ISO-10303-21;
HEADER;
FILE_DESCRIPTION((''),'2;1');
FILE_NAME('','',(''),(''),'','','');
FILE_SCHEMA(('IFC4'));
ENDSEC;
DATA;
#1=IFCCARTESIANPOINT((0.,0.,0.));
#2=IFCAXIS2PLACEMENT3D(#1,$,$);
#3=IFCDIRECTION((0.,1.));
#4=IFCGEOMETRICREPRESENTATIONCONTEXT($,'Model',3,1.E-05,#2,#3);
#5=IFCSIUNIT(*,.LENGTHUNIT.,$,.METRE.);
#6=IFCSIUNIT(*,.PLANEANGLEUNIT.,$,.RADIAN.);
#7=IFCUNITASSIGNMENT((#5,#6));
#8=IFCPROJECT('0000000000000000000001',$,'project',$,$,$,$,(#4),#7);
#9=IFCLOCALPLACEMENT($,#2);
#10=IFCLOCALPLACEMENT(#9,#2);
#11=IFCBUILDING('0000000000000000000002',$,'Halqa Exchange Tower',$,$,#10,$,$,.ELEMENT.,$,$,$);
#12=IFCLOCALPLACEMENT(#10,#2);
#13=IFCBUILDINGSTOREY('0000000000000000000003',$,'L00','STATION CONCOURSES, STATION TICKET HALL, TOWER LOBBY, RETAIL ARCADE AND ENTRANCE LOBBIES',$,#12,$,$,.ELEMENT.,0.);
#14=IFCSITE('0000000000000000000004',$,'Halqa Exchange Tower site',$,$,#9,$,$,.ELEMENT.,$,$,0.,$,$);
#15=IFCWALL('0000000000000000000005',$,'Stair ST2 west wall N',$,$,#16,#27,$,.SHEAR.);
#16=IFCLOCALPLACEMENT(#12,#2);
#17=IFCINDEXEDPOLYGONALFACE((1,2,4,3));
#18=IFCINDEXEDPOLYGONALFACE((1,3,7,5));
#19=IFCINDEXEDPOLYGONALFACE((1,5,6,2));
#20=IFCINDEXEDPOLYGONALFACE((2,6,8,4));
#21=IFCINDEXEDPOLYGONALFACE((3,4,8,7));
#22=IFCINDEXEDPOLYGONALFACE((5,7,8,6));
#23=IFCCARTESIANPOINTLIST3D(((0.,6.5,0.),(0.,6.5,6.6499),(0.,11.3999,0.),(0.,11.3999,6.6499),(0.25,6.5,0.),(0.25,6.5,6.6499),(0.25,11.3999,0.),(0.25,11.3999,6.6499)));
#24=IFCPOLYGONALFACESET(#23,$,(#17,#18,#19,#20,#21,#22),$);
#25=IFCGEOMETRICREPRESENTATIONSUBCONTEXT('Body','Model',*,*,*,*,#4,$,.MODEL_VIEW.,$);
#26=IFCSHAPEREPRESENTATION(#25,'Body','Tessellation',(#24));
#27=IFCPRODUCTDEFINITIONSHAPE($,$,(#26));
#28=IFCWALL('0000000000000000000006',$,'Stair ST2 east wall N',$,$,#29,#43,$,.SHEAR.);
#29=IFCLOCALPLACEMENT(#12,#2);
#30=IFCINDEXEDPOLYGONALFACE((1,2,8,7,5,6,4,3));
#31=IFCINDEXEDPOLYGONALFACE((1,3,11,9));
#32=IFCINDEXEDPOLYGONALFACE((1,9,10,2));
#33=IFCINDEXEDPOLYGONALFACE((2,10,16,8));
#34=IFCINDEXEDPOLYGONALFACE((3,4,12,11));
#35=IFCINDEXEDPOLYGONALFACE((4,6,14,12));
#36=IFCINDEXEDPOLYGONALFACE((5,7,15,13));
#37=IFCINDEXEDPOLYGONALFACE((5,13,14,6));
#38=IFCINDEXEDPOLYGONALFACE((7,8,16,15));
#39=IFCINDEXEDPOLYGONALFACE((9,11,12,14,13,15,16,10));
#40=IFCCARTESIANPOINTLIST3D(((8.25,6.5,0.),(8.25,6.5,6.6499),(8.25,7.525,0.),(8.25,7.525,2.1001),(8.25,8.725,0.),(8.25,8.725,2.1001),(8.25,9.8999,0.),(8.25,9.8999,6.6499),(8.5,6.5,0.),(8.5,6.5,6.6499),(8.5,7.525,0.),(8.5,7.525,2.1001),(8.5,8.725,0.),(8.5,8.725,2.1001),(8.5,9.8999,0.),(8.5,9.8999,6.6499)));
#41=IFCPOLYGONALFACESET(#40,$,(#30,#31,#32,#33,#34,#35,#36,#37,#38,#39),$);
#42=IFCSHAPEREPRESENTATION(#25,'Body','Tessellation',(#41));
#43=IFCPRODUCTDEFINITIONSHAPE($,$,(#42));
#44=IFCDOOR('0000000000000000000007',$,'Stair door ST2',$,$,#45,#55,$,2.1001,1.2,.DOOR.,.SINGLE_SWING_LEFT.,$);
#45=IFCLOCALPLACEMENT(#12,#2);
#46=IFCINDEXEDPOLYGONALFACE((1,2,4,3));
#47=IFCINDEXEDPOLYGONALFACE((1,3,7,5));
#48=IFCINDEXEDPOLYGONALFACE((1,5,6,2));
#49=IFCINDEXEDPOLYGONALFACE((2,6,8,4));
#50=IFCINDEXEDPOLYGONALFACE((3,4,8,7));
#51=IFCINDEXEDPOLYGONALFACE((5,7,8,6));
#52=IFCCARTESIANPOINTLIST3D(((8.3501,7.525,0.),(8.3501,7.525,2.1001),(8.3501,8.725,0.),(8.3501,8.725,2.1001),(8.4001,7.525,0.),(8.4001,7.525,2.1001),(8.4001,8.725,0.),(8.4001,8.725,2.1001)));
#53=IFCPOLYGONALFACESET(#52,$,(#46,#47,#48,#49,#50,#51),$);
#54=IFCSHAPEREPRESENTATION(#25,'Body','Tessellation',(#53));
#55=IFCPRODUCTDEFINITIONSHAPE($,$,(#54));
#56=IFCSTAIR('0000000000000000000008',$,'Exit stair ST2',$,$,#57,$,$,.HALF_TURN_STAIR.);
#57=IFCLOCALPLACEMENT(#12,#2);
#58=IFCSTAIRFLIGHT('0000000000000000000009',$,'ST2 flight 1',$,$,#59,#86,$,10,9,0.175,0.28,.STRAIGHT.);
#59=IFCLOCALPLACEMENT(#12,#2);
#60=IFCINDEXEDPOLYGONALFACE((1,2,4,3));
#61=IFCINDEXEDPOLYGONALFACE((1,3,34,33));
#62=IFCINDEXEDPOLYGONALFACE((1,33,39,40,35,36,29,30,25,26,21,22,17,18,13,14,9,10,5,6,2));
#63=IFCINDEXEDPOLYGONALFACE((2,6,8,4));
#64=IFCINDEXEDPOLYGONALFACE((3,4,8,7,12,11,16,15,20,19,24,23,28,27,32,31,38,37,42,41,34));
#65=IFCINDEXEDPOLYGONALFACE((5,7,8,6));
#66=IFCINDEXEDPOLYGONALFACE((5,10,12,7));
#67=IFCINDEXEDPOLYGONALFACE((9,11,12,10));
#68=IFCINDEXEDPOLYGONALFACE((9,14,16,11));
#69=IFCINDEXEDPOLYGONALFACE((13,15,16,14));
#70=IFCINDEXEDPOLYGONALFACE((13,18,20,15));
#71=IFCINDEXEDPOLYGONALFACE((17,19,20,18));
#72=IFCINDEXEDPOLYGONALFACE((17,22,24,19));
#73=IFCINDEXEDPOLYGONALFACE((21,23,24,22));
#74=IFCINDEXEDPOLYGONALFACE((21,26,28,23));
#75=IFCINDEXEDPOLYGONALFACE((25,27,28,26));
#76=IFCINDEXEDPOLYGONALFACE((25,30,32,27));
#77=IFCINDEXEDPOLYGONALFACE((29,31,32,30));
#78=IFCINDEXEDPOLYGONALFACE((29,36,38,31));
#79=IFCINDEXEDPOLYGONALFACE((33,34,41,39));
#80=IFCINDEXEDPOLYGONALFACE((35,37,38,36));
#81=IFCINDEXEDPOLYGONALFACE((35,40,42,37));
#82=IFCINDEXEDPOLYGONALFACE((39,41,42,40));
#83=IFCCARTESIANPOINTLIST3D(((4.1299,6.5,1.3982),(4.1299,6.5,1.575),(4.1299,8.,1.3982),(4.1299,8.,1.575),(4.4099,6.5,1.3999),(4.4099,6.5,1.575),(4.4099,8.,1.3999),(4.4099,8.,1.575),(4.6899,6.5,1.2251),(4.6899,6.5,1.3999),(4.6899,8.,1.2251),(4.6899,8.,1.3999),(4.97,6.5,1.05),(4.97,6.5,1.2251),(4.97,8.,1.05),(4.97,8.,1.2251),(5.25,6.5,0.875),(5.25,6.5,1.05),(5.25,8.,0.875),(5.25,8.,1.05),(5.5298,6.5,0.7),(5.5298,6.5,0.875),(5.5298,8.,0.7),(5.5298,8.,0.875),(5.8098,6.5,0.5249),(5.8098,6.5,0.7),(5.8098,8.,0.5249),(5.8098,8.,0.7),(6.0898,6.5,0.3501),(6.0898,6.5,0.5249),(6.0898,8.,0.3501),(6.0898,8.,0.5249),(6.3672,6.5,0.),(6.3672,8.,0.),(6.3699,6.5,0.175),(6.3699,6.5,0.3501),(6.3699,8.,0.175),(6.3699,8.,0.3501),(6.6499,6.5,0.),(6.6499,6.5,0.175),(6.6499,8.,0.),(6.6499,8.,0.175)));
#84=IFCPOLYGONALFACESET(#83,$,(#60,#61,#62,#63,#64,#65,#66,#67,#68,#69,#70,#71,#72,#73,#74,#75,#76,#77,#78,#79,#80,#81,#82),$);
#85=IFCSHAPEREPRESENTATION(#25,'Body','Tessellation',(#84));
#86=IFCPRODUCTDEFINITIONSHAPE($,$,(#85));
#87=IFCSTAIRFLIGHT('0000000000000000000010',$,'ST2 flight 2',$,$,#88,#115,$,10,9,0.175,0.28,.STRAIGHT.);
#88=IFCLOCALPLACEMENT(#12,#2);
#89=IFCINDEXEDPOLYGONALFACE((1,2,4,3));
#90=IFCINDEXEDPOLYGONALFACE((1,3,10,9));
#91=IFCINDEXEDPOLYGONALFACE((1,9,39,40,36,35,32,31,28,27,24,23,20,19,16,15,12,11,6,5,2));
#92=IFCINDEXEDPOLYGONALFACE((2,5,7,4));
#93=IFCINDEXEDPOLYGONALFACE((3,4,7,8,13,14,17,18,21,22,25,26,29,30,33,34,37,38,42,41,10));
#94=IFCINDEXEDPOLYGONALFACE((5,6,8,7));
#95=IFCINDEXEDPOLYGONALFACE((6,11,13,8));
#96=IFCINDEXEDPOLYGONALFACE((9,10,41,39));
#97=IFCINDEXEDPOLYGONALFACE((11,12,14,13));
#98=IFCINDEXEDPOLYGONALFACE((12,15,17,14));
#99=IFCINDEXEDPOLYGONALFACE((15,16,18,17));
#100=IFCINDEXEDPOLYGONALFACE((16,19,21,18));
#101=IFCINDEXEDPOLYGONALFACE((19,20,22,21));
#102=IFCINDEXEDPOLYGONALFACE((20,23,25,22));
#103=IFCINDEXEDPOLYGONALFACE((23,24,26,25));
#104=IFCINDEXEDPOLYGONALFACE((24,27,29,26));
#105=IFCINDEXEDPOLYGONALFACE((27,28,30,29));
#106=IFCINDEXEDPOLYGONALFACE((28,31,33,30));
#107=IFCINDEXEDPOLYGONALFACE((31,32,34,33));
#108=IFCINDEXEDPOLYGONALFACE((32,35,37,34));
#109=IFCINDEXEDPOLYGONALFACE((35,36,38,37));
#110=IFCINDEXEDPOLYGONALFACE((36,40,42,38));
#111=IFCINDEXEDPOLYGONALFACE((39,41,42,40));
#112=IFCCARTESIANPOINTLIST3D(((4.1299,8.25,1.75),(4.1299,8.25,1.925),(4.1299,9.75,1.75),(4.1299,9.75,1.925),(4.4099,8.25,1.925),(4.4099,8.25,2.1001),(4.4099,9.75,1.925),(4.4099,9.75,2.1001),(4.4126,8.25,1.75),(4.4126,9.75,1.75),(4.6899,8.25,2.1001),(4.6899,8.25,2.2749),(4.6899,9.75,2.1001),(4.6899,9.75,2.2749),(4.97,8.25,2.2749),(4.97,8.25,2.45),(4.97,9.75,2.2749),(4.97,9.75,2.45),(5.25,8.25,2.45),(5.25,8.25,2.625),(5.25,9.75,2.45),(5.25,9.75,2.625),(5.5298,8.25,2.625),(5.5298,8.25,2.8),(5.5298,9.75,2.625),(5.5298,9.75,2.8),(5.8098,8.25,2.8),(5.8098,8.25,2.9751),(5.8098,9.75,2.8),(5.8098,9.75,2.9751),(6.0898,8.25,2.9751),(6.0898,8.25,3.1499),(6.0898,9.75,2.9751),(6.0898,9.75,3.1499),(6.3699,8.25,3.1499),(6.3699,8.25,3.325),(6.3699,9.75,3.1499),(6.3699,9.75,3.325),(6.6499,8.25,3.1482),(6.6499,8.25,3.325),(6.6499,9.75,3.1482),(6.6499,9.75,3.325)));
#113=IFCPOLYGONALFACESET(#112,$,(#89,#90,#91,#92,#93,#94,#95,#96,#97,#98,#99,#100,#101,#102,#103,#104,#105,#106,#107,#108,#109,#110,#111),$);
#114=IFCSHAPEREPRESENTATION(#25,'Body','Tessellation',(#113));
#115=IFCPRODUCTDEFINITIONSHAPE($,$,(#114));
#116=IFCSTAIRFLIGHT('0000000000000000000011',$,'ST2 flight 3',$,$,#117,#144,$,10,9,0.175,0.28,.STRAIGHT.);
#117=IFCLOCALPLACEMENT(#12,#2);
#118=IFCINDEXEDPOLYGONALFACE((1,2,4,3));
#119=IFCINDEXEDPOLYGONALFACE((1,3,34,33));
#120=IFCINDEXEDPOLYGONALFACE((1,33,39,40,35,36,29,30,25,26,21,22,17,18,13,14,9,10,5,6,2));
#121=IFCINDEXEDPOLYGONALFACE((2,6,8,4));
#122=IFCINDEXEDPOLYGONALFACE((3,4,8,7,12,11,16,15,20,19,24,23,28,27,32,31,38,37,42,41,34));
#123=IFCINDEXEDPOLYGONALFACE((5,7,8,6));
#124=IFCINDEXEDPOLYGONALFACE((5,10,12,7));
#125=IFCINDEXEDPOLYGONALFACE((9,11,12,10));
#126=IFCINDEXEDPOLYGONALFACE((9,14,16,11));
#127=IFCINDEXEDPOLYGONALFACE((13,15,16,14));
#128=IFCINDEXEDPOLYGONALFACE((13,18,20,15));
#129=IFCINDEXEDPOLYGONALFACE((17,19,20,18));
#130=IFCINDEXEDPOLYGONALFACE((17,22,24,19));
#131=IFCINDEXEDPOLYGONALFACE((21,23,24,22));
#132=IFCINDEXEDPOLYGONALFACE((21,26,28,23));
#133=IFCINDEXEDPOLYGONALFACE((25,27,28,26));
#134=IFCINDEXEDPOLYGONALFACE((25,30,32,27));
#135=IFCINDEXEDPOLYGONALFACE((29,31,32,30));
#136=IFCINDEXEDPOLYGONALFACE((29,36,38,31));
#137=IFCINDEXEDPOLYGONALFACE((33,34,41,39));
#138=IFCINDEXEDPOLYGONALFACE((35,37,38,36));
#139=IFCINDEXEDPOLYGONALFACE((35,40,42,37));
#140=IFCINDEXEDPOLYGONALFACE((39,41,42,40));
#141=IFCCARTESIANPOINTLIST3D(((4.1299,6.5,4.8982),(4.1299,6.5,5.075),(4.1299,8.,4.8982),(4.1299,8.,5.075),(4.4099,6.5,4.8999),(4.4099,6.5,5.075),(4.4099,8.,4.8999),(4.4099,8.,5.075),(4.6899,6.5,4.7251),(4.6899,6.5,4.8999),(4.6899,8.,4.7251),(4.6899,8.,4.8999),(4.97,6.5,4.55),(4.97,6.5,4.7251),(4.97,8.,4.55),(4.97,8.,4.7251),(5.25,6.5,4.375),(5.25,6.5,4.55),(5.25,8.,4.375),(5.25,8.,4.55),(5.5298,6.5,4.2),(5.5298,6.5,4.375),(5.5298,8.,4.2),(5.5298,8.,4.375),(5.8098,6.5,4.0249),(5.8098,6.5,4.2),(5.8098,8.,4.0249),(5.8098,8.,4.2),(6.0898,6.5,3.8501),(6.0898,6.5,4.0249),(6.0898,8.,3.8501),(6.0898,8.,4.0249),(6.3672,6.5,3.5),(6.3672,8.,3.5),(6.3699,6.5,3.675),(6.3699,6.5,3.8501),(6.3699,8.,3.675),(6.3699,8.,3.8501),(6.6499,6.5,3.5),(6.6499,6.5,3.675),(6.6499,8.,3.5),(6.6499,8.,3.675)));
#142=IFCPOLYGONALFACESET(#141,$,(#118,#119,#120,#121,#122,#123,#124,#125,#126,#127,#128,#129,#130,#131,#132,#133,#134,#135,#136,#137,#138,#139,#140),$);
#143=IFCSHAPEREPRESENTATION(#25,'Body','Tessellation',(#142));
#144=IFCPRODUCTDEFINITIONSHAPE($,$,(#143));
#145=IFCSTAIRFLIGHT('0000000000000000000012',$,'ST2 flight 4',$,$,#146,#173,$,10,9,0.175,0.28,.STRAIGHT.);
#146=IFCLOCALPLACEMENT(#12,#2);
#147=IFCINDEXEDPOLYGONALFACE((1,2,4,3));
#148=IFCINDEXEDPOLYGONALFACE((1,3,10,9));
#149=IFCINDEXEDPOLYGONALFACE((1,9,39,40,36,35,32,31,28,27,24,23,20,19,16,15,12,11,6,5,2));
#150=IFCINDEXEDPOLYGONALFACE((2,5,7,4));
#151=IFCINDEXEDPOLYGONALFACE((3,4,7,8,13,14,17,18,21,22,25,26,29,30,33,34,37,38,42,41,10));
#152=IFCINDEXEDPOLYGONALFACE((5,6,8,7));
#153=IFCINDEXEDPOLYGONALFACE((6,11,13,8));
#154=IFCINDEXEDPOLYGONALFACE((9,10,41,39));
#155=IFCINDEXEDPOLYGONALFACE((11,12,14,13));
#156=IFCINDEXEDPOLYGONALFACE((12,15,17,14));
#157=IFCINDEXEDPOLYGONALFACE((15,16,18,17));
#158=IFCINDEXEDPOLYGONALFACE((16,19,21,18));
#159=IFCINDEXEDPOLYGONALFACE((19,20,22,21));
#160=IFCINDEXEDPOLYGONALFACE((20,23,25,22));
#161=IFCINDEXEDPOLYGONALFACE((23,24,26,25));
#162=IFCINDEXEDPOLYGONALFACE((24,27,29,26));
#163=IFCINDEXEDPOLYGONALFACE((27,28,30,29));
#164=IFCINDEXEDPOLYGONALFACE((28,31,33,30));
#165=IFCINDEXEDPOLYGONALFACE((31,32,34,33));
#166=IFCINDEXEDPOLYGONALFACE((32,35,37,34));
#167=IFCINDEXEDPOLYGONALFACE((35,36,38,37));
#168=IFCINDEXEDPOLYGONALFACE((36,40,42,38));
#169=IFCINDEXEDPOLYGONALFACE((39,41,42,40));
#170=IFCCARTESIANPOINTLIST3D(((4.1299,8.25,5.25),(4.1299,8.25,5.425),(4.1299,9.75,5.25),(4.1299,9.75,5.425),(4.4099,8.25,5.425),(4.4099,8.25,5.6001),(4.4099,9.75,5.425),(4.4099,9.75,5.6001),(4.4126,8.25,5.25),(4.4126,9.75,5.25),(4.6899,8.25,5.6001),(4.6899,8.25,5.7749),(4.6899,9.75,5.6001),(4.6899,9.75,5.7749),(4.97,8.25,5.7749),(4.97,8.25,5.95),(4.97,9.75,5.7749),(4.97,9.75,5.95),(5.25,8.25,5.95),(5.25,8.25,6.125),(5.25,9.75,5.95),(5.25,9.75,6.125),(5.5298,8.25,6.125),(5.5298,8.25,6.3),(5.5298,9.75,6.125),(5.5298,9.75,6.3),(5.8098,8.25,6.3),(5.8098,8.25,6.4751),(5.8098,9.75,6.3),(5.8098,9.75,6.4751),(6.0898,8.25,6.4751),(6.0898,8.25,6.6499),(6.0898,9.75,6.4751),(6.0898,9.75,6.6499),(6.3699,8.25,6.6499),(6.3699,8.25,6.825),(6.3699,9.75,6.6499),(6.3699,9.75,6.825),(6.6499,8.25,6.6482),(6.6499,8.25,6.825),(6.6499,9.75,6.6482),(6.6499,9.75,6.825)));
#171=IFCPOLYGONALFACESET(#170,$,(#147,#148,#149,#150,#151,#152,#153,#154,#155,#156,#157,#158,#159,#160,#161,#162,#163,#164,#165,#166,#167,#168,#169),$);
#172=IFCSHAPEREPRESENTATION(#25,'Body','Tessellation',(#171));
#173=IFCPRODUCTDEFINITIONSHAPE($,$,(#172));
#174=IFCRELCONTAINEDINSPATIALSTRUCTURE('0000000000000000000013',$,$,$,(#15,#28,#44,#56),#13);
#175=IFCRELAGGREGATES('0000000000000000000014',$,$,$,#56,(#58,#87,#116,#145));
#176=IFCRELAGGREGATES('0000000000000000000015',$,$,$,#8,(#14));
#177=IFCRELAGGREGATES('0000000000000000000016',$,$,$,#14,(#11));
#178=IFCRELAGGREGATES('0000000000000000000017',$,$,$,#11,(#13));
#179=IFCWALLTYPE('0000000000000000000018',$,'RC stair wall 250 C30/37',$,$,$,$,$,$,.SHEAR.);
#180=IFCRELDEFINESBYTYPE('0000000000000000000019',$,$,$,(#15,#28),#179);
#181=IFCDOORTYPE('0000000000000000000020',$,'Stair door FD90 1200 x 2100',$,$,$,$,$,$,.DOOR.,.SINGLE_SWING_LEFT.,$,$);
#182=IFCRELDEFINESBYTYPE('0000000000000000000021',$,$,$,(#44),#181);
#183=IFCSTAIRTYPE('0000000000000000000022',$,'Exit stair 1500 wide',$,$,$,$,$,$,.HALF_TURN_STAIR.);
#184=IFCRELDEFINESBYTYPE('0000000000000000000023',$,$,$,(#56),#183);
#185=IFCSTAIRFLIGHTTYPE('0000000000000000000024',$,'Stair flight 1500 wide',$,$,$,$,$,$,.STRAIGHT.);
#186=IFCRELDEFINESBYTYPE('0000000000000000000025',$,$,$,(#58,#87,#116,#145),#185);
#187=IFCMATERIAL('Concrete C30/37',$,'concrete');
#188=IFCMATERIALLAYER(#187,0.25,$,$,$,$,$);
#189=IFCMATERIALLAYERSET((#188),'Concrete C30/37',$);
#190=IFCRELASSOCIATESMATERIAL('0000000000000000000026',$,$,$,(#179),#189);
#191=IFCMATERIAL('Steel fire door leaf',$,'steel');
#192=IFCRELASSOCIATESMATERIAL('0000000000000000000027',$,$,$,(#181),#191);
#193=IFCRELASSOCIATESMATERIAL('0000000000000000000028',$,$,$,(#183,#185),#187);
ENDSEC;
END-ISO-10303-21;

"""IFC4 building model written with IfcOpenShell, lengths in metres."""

from ifc_helpers import new_model, si_unit, direction, frame, frame_2d, origin, place, context, subcontext, project, spatial, polyline, rectangle, outline, extrude, material, layer, layer_set, type_object, element, fill, aggregate, save


model = new_model("IFC4")

# Units and contexts
model_context = context("Model", 3, precision=1e-05, world=origin(), true_north=direction((0.0, 1.0)))
body_context = subcontext(model_context, "Body", "Model", "MODEL_VIEW")
ifc_project = project(units=[si_unit("LENGTHUNIT", "METRE"), si_unit("PLANEANGLEUNIT", "RADIAN")], contexts=[model_context])

# Site, building, storey
site_placement = place(None, origin())
site = spatial("IfcSite", under=ifc_project, at=site_placement, Name="Halqa Exchange Tower site", CompositionType="ELEMENT", RefElevation=0.0)
building_placement = place(site_placement, origin())
building = spatial("IfcBuilding", under=site, at=building_placement, Name="Halqa Exchange Tower", CompositionType="ELEMENT")
storey_placement = place(building_placement, origin())
storey = spatial("IfcBuildingStorey", under=building, at=storey_placement, Name="L00", Description="STATION CONCOURSES, STATION TICKET HALL, TOWER LOBBY, RETAIL ARCADE AND ENTRANCE LOBBIES", CompositionType="ELEMENT", Elevation=0.0)

# Shared definitions
ifc_material_1 = material(Name="Concrete C30/37", Category="concrete")
ifc_material_2 = material(Name="Steel fire door leaf", Category="steel")

# Wall
ifc_layer_1 = layer(ifc_material_1, 0.25)
ifc_layer_set_1 = layer_set([ifc_layer_1], Name="Concrete C30/37")
wall_type_1 = type_object("IfcWallType", Name="RC stair wall 250 C30/37", PredefinedType="SHEAR", material=ifc_layer_set_1)
wall_1_placement = place(storey_placement, frame((0.125, 6.5, 0.0), z_axis=(0.0, 0.0, 1.0), x_axis=(0.0, 1.0, 0.0)))
element("IfcWall", 1, at=wall_1_placement, inside=storey, type_object=wall_type_1, Name="Stair ST2 west wall N", PredefinedType="SHEAR", context=body_context, shape_type="SweptSolid", body=[
    extrude(rectangle(XDim=4.8999, YDim=0.25, at=frame_2d((2.45, 0.0))), origin(), (0.0, 0.0, 1.0), 6.6499),
])

# Wall, opening, door
wall_2_placement = place(storey_placement, frame((8.375, 6.5, 0.0), z_axis=(0.0, 0.0, 1.0), x_axis=(0.0, 1.0, 0.0)))
wall_2 = element("IfcWall", 2, at=wall_2_placement, inside=storey, type_object=wall_type_1, Name="Stair ST2 east wall N", PredefinedType="SHEAR", context=body_context, shape_type="SweptSolid", body=[
    extrude(rectangle(XDim=3.3999, YDim=0.25, at=frame_2d((1.7, 0.0))), origin(), (0.0, 0.0, 1.0), 6.6499),
])
opening_1_placement = place(wall_2_placement, frame((1.0249, 0.0, 0.0)))
opening_1 = element("IfcOpeningElement", 3, at=opening_1_placement, cuts=wall_2, PredefinedType="OPENING", context=body_context, shape_type="SweptSolid", body=[
    extrude(rectangle(XDim=1.2, YDim=2.1001, at=frame_2d((0.6001, 1.05))), frame((0.0, 0.137, 0.0), z_axis=(0.0, -1.0, 0.0), x_axis=(1.0, 0.0, 0.0)), (0.0, 0.0, 1.0), 0.2739),
])
door_type_1 = type_object("IfcDoorType", Name="Stair door FD90 1200 x 2100", OperationType="SINGLE_SWING_LEFT", PredefinedType="DOOR", material=ifc_material_2)
door_1_placement = place(opening_1_placement, origin())
door_1 = element("IfcDoor", 4, at=door_1_placement, inside=storey, type_object=door_type_1, Name="Stair door ST2", OperationType="SINGLE_SWING_LEFT", OverallHeight=2.1001, OverallWidth=1.2, PredefinedType="DOOR", context=body_context, shape_type="SweptSolid", body=[
    extrude(rectangle(XDim=1.2, YDim=2.1001, at=frame_2d((0.6001, 1.05))), frame((0.0, 0.0249, 0.0), z_axis=(0.0, -1.0, 0.0), x_axis=(1.0, 0.0, 0.0)), (0.0, 0.0, 1.0), 0.05),
])
fill(opening_1, door_1)

# Stair, stair flights
stair_type = type_object("IfcStairType", Name="Exit stair 1500 wide", PredefinedType="HALF_TURN_STAIR", material=ifc_material_1)
stair_placement = place(storey_placement, origin())
stair = element("IfcStair", 5, at=stair_placement, inside=storey, type_object=stair_type, Name="Exit stair ST2", PredefinedType="HALF_TURN_STAIR")
stair_flight_type = type_object("IfcStairFlightType", Name="Stair flight 1500 wide", PredefinedType="STRAIGHT", material=ifc_material_1)
stair_flight_1_placement = place(storey_placement, frame((6.6499, 7.25, 0.0), z_axis=(0.0, 0.0, 1.0), x_axis=(-1.0, 0.0, 0.0)))
stair_flight_1 = element("IfcStairFlight", 6, at=stair_flight_1_placement, type_object=stair_flight_type, Name="ST2 flight 1", NumberOfRisers=10, NumberOfTreads=9, PredefinedType="STRAIGHT", RiserHeight=0.175, TreadLength=0.28, context=body_context, shape_type="SweptSolid", body=[
    extrude(outline(polyline([(0.0, 0.0), (0.0, 0.175), (0.28, 0.175), (0.28, 0.3501), (0.5601, 0.3501), (0.5601, 0.5249), (0.8401, 0.5249), (0.8401, 0.7), (1.1201, 0.7), (1.1201, 0.875), (1.3999, 0.875), (1.3999, 1.05), (1.6799, 1.05), (1.6799, 1.2251), (1.96, 1.2251), (1.96, 1.3999), (2.24, 1.3999), (2.24, 1.575), (2.52, 1.575), (2.52, 1.75), (2.52, 1.3982), (0.2827, 0.0), (0.0, 0.0)])), frame((0.0, 0.75, 0.0), z_axis=(0.0, -1.0, 0.0), x_axis=(1.0, 0.0, 0.0)), (0.0, 0.0, 1.0), 1.5),
])
stair_flight_2_placement = place(storey_placement, frame((4.1299, 9.0, 1.75), z_axis=(0.0, 0.0, 1.0), x_axis=(1.0, 0.0, 0.0)))
stair_flight_2 = element("IfcStairFlight", 7, at=stair_flight_2_placement, type_object=stair_flight_type, Name="ST2 flight 2", NumberOfRisers=10, NumberOfTreads=9, PredefinedType="STRAIGHT", RiserHeight=0.175, TreadLength=0.28, context=body_context, shape_type="SweptSolid", body=[
    extrude(outline(polyline([(0.0, 0.0), (0.0, 0.175), (0.28, 0.175), (0.28, 0.3501), (0.5601, 0.3501), (0.5601, 0.5249), (0.8401, 0.5249), (0.8401, 0.7), (1.1201, 0.7), (1.1201, 0.875), (1.3999, 0.875), (1.3999, 1.05), (1.6799, 1.05), (1.6799, 1.2251), (1.96, 1.2251), (1.96, 1.3999), (2.24, 1.3999), (2.24, 1.575), (2.52, 1.575), (2.52, 1.75), (2.52, 1.3982), (0.2827, 0.0), (0.0, 0.0)])), frame((0.0, 0.75, 0.0), z_axis=(0.0, -1.0, 0.0), x_axis=(1.0, 0.0, 0.0)), (0.0, 0.0, 1.0), 1.5),
])
stair_flight_3_placement = place(storey_placement, frame((6.6499, 7.25, 3.5), z_axis=(0.0, 0.0, 1.0), x_axis=(-1.0, 0.0, 0.0)))
stair_flight_3 = element("IfcStairFlight", 8, at=stair_flight_3_placement, type_object=stair_flight_type, Name="ST2 flight 3", NumberOfRisers=10, NumberOfTreads=9, PredefinedType="STRAIGHT", RiserHeight=0.175, TreadLength=0.28, context=body_context, shape_type="SweptSolid", body=[
    extrude(outline(polyline([(0.0, 0.0), (0.0, 0.175), (0.28, 0.175), (0.28, 0.3501), (0.5601, 0.3501), (0.5601, 0.5249), (0.8401, 0.5249), (0.8401, 0.7), (1.1201, 0.7), (1.1201, 0.875), (1.3999, 0.875), (1.3999, 1.05), (1.6799, 1.05), (1.6799, 1.2251), (1.96, 1.2251), (1.96, 1.3999), (2.24, 1.3999), (2.24, 1.575), (2.52, 1.575), (2.52, 1.75), (2.52, 1.3982), (0.2827, 0.0), (0.0, 0.0)])), frame((0.0, 0.75, 0.0), z_axis=(0.0, -1.0, 0.0), x_axis=(1.0, 0.0, 0.0)), (0.0, 0.0, 1.0), 1.5),
])
stair_flight_4_placement = place(storey_placement, frame((4.1299, 9.0, 5.25), z_axis=(0.0, 0.0, 1.0), x_axis=(1.0, 0.0, 0.0)))
stair_flight_4 = element("IfcStairFlight", 9, at=stair_flight_4_placement, type_object=stair_flight_type, Name="ST2 flight 4", NumberOfRisers=10, NumberOfTreads=9, PredefinedType="STRAIGHT", RiserHeight=0.175, TreadLength=0.28, context=body_context, shape_type="SweptSolid", body=[
    extrude(outline(polyline([(0.0, 0.0), (0.0, 0.175), (0.28, 0.175), (0.28, 0.3501), (0.5601, 0.3501), (0.5601, 0.5249), (0.8401, 0.5249), (0.8401, 0.7), (1.1201, 0.7), (1.1201, 0.875), (1.3999, 0.875), (1.3999, 1.05), (1.6799, 1.05), (1.6799, 1.2251), (1.96, 1.2251), (1.96, 1.3999), (2.24, 1.3999), (2.24, 1.575), (2.52, 1.575), (2.52, 1.75), (2.52, 1.3982), (0.2827, 0.0), (0.0, 0.0)])), frame((0.0, 0.75, 0.0), z_axis=(0.0, -1.0, 0.0), x_axis=(1.0, 0.0, 0.0)), (0.0, 0.0, 1.0), 1.5),
])
aggregate(stair, [stair_flight_1, stair_flight_2, stair_flight_3, stair_flight_4])

save(model, "model.ifc")
